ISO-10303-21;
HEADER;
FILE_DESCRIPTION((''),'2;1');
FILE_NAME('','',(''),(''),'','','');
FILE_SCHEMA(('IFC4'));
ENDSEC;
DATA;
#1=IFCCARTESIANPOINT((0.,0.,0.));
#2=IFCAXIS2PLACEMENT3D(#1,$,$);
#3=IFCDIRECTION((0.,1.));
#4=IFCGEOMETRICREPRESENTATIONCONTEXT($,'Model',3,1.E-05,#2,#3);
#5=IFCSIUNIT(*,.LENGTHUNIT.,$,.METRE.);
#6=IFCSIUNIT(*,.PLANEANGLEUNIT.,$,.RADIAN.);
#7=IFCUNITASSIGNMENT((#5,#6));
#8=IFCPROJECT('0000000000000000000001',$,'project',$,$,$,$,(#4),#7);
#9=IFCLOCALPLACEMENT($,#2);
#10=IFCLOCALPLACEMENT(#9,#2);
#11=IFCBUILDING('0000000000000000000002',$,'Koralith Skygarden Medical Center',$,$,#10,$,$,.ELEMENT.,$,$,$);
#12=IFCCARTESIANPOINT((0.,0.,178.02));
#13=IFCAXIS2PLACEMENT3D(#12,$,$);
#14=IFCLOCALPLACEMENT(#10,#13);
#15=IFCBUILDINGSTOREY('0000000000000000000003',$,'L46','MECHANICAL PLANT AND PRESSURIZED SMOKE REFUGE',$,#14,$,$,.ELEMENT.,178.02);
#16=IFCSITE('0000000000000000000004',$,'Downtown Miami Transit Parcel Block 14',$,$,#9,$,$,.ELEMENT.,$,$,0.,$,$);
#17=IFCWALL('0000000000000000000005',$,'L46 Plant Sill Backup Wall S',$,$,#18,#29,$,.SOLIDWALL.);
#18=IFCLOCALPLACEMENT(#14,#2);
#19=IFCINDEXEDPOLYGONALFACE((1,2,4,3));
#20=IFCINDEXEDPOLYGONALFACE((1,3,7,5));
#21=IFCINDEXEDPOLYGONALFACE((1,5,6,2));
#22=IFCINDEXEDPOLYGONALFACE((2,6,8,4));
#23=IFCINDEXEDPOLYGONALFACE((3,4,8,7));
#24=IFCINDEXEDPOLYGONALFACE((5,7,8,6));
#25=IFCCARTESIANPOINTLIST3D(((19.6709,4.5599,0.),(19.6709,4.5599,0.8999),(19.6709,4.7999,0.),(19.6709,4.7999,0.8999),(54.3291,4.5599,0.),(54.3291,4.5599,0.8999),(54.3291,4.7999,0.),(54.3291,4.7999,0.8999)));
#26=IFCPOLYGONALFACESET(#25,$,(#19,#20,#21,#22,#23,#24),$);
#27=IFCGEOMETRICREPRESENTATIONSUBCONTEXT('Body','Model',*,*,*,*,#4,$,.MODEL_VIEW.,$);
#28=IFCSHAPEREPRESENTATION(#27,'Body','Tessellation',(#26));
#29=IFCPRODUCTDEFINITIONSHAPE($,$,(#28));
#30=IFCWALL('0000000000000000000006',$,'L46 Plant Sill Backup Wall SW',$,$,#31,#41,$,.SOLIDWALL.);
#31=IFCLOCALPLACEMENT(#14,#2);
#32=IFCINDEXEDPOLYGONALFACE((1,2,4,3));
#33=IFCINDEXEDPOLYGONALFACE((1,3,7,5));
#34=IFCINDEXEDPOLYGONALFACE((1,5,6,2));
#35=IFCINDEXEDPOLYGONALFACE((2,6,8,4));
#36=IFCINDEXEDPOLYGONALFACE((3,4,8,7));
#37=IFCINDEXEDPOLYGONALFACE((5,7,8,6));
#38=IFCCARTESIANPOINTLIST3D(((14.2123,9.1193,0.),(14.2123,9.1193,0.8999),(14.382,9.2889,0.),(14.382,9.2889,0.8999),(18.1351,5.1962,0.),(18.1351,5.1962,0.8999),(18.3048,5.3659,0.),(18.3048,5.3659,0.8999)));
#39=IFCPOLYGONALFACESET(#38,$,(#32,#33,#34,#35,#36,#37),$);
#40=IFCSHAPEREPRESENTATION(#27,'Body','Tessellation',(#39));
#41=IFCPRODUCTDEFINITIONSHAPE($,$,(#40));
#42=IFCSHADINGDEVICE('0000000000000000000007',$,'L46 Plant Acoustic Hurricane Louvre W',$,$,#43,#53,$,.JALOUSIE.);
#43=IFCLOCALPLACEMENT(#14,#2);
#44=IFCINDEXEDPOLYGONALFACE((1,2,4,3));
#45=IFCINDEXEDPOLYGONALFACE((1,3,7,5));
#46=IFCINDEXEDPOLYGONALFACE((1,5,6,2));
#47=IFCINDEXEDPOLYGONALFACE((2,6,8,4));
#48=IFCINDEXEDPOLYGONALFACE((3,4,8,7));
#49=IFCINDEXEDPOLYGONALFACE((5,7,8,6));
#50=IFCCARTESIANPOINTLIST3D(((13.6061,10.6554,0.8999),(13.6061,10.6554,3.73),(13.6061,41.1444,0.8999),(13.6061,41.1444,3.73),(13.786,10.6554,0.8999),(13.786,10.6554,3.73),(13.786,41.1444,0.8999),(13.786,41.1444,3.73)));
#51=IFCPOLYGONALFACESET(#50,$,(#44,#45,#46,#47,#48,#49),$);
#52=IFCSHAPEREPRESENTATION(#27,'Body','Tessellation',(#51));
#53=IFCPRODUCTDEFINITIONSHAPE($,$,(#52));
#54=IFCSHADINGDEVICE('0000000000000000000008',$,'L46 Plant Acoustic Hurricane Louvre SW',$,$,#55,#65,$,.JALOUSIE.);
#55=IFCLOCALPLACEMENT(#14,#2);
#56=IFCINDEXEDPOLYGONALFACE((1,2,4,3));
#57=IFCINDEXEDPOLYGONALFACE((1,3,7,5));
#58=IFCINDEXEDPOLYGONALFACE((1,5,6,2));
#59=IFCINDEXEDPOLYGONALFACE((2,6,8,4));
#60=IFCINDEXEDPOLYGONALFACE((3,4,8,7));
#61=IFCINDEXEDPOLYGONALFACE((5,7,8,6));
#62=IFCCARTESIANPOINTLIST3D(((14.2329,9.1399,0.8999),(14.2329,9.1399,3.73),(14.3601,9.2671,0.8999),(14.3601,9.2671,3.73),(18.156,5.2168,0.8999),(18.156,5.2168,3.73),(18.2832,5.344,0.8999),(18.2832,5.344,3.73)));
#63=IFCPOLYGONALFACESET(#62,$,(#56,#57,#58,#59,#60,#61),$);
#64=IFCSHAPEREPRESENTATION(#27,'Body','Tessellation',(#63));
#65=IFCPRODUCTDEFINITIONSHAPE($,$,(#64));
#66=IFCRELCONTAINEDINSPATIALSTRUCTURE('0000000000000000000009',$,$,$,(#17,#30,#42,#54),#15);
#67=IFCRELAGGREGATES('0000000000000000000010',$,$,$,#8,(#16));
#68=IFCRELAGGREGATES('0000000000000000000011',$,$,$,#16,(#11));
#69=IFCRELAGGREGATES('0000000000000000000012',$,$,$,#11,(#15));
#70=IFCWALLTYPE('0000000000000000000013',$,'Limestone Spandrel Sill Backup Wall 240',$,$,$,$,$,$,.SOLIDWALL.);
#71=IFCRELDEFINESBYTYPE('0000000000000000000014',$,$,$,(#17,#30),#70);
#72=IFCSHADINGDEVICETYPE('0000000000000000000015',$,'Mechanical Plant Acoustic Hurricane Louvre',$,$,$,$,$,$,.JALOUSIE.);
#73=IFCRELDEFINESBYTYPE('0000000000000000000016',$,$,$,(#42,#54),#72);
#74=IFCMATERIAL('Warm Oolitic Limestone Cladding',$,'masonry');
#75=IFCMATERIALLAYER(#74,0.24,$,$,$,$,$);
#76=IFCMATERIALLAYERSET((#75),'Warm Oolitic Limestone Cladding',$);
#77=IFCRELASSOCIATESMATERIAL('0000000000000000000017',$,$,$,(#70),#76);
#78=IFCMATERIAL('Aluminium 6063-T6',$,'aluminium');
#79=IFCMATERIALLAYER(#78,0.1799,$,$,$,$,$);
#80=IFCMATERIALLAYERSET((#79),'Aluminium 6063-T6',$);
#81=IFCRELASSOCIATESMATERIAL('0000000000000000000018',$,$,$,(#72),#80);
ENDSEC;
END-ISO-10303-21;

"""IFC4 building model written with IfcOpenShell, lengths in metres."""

from ifc_helpers import new_model, si_unit, direction, frame, frame_2d, origin, origin_2d, place, context, subcontext, project, spatial, rectangle, extrude, material, layer, layer_set, type_object, element, save


model = new_model("IFC4")

# Units and contexts
model_context = context("Model", 3, precision=1e-05, world=origin(), true_north=direction((0.0, 1.0)))
body_context = subcontext(model_context, "Body", "Model", "MODEL_VIEW")
ifc_project = project(units=[si_unit("LENGTHUNIT", "METRE"), si_unit("PLANEANGLEUNIT", "RADIAN")], contexts=[model_context])

# Site, building, storey
site_placement = place(None, origin())
site = spatial("IfcSite", under=ifc_project, at=site_placement, Name="Downtown Miami Transit Parcel Block 14", CompositionType="ELEMENT", RefElevation=0.0)
building_placement = place(site_placement, origin())
building = spatial("IfcBuilding", under=site, at=building_placement, Name="Koralith Skygarden Medical Center", CompositionType="ELEMENT")
storey_placement = place(building_placement, frame((0.0, 0.0, 178.02)))
storey = spatial("IfcBuildingStorey", under=building, at=storey_placement, Name="L46", Description="MECHANICAL PLANT AND PRESSURIZED SMOKE REFUGE", CompositionType="ELEMENT", Elevation=178.02)

# Shared definitions
ifc_material_1 = material(Name="Warm Oolitic Limestone Cladding", Category="masonry")

# Walls
ifc_layer_1 = layer(ifc_material_1, 0.24)
ifc_layer_set_1 = layer_set([ifc_layer_1], Name="Warm Oolitic Limestone Cladding")
wall_type_1 = type_object("IfcWallType", Name="Limestone Spandrel Sill Backup Wall 240", PredefinedType="SOLIDWALL", material=ifc_layer_set_1)
wall_1_placement = place(storey_placement, frame((19.6709, 4.6799, 0.0), z_axis=(0.0, 0.0, 1.0), x_axis=(1.0, 0.0, 0.0)))
element("IfcWall", 1, at=wall_1_placement, inside=storey, type_object=wall_type_1, Name="L46 Plant Sill Backup Wall S", PredefinedType="SOLIDWALL", context=body_context, shape_type="SweptSolid", body=[
    extrude(rectangle(XDim=34.6582, YDim=0.24, at=frame_2d((17.3291, 0.0))), origin(), (0.0, 0.0, 1.0), 0.8999),
])
wall_2_placement = place(storey_placement, frame((14.2971, 9.2041, 0.0), z_axis=(0.0, 0.0, 1.0), x_axis=(0.707085, -0.707129, 0.0)))
element("IfcWall", 2, at=wall_2_placement, inside=storey, type_object=wall_type_1, Name="L46 Plant Sill Backup Wall SW", PredefinedType="SOLIDWALL", context=body_context, shape_type="SweptSolid", body=[
    extrude(rectangle(XDim=5.5479, YDim=0.24, at=frame_2d((2.7739, 0.0))), origin(), (0.0, 0.0, 1.0), 0.8999),
])

# Shading devices
ifc_material_2 = material(Name="Aluminium 6063-T6", Category="aluminium")
ifc_layer_2 = layer(ifc_material_2, 0.1799)
ifc_layer_set_2 = layer_set([ifc_layer_2], Name="Aluminium 6063-T6")
shading_device_type = type_object("IfcShadingDeviceType", Name="Mechanical Plant Acoustic Hurricane Louvre", PredefinedType="JALOUSIE", material=ifc_layer_set_2)
shading_device_1_placement = place(storey_placement, frame((13.696, 25.8999, 0.8999), z_axis=(0.0, 0.0, 1.0), x_axis=(0.0, -1.0, 0.0)))
element("IfcShadingDevice", 3, at=shading_device_1_placement, inside=storey, type_object=shading_device_type, Name="L46 Plant Acoustic Hurricane Louvre W", PredefinedType="JALOUSIE", context=body_context, shape_type="SweptSolid", body=[
    extrude(rectangle(XDim=30.489, YDim=0.1799, at=origin_2d()), origin(), (0.0, 0.0, 1.0), 2.8301),
])
shading_device_2_placement = place(storey_placement, frame((16.2581, 7.2419, 0.8999), z_axis=(0.0, 0.0, 1.0), x_axis=(0.707107, -0.707107, 0.0)))
element("IfcShadingDevice", 4, at=shading_device_2_placement, inside=storey, type_object=shading_device_type, Name="L46 Plant Acoustic Hurricane Louvre SW", PredefinedType="JALOUSIE", context=body_context, shape_type="SweptSolid", body=[
    extrude(rectangle(XDim=5.5481, YDim=0.1799, at=origin_2d()), origin(), (0.0, 0.0, 1.0), 2.8301),
])

save(model, "model.ifc")
